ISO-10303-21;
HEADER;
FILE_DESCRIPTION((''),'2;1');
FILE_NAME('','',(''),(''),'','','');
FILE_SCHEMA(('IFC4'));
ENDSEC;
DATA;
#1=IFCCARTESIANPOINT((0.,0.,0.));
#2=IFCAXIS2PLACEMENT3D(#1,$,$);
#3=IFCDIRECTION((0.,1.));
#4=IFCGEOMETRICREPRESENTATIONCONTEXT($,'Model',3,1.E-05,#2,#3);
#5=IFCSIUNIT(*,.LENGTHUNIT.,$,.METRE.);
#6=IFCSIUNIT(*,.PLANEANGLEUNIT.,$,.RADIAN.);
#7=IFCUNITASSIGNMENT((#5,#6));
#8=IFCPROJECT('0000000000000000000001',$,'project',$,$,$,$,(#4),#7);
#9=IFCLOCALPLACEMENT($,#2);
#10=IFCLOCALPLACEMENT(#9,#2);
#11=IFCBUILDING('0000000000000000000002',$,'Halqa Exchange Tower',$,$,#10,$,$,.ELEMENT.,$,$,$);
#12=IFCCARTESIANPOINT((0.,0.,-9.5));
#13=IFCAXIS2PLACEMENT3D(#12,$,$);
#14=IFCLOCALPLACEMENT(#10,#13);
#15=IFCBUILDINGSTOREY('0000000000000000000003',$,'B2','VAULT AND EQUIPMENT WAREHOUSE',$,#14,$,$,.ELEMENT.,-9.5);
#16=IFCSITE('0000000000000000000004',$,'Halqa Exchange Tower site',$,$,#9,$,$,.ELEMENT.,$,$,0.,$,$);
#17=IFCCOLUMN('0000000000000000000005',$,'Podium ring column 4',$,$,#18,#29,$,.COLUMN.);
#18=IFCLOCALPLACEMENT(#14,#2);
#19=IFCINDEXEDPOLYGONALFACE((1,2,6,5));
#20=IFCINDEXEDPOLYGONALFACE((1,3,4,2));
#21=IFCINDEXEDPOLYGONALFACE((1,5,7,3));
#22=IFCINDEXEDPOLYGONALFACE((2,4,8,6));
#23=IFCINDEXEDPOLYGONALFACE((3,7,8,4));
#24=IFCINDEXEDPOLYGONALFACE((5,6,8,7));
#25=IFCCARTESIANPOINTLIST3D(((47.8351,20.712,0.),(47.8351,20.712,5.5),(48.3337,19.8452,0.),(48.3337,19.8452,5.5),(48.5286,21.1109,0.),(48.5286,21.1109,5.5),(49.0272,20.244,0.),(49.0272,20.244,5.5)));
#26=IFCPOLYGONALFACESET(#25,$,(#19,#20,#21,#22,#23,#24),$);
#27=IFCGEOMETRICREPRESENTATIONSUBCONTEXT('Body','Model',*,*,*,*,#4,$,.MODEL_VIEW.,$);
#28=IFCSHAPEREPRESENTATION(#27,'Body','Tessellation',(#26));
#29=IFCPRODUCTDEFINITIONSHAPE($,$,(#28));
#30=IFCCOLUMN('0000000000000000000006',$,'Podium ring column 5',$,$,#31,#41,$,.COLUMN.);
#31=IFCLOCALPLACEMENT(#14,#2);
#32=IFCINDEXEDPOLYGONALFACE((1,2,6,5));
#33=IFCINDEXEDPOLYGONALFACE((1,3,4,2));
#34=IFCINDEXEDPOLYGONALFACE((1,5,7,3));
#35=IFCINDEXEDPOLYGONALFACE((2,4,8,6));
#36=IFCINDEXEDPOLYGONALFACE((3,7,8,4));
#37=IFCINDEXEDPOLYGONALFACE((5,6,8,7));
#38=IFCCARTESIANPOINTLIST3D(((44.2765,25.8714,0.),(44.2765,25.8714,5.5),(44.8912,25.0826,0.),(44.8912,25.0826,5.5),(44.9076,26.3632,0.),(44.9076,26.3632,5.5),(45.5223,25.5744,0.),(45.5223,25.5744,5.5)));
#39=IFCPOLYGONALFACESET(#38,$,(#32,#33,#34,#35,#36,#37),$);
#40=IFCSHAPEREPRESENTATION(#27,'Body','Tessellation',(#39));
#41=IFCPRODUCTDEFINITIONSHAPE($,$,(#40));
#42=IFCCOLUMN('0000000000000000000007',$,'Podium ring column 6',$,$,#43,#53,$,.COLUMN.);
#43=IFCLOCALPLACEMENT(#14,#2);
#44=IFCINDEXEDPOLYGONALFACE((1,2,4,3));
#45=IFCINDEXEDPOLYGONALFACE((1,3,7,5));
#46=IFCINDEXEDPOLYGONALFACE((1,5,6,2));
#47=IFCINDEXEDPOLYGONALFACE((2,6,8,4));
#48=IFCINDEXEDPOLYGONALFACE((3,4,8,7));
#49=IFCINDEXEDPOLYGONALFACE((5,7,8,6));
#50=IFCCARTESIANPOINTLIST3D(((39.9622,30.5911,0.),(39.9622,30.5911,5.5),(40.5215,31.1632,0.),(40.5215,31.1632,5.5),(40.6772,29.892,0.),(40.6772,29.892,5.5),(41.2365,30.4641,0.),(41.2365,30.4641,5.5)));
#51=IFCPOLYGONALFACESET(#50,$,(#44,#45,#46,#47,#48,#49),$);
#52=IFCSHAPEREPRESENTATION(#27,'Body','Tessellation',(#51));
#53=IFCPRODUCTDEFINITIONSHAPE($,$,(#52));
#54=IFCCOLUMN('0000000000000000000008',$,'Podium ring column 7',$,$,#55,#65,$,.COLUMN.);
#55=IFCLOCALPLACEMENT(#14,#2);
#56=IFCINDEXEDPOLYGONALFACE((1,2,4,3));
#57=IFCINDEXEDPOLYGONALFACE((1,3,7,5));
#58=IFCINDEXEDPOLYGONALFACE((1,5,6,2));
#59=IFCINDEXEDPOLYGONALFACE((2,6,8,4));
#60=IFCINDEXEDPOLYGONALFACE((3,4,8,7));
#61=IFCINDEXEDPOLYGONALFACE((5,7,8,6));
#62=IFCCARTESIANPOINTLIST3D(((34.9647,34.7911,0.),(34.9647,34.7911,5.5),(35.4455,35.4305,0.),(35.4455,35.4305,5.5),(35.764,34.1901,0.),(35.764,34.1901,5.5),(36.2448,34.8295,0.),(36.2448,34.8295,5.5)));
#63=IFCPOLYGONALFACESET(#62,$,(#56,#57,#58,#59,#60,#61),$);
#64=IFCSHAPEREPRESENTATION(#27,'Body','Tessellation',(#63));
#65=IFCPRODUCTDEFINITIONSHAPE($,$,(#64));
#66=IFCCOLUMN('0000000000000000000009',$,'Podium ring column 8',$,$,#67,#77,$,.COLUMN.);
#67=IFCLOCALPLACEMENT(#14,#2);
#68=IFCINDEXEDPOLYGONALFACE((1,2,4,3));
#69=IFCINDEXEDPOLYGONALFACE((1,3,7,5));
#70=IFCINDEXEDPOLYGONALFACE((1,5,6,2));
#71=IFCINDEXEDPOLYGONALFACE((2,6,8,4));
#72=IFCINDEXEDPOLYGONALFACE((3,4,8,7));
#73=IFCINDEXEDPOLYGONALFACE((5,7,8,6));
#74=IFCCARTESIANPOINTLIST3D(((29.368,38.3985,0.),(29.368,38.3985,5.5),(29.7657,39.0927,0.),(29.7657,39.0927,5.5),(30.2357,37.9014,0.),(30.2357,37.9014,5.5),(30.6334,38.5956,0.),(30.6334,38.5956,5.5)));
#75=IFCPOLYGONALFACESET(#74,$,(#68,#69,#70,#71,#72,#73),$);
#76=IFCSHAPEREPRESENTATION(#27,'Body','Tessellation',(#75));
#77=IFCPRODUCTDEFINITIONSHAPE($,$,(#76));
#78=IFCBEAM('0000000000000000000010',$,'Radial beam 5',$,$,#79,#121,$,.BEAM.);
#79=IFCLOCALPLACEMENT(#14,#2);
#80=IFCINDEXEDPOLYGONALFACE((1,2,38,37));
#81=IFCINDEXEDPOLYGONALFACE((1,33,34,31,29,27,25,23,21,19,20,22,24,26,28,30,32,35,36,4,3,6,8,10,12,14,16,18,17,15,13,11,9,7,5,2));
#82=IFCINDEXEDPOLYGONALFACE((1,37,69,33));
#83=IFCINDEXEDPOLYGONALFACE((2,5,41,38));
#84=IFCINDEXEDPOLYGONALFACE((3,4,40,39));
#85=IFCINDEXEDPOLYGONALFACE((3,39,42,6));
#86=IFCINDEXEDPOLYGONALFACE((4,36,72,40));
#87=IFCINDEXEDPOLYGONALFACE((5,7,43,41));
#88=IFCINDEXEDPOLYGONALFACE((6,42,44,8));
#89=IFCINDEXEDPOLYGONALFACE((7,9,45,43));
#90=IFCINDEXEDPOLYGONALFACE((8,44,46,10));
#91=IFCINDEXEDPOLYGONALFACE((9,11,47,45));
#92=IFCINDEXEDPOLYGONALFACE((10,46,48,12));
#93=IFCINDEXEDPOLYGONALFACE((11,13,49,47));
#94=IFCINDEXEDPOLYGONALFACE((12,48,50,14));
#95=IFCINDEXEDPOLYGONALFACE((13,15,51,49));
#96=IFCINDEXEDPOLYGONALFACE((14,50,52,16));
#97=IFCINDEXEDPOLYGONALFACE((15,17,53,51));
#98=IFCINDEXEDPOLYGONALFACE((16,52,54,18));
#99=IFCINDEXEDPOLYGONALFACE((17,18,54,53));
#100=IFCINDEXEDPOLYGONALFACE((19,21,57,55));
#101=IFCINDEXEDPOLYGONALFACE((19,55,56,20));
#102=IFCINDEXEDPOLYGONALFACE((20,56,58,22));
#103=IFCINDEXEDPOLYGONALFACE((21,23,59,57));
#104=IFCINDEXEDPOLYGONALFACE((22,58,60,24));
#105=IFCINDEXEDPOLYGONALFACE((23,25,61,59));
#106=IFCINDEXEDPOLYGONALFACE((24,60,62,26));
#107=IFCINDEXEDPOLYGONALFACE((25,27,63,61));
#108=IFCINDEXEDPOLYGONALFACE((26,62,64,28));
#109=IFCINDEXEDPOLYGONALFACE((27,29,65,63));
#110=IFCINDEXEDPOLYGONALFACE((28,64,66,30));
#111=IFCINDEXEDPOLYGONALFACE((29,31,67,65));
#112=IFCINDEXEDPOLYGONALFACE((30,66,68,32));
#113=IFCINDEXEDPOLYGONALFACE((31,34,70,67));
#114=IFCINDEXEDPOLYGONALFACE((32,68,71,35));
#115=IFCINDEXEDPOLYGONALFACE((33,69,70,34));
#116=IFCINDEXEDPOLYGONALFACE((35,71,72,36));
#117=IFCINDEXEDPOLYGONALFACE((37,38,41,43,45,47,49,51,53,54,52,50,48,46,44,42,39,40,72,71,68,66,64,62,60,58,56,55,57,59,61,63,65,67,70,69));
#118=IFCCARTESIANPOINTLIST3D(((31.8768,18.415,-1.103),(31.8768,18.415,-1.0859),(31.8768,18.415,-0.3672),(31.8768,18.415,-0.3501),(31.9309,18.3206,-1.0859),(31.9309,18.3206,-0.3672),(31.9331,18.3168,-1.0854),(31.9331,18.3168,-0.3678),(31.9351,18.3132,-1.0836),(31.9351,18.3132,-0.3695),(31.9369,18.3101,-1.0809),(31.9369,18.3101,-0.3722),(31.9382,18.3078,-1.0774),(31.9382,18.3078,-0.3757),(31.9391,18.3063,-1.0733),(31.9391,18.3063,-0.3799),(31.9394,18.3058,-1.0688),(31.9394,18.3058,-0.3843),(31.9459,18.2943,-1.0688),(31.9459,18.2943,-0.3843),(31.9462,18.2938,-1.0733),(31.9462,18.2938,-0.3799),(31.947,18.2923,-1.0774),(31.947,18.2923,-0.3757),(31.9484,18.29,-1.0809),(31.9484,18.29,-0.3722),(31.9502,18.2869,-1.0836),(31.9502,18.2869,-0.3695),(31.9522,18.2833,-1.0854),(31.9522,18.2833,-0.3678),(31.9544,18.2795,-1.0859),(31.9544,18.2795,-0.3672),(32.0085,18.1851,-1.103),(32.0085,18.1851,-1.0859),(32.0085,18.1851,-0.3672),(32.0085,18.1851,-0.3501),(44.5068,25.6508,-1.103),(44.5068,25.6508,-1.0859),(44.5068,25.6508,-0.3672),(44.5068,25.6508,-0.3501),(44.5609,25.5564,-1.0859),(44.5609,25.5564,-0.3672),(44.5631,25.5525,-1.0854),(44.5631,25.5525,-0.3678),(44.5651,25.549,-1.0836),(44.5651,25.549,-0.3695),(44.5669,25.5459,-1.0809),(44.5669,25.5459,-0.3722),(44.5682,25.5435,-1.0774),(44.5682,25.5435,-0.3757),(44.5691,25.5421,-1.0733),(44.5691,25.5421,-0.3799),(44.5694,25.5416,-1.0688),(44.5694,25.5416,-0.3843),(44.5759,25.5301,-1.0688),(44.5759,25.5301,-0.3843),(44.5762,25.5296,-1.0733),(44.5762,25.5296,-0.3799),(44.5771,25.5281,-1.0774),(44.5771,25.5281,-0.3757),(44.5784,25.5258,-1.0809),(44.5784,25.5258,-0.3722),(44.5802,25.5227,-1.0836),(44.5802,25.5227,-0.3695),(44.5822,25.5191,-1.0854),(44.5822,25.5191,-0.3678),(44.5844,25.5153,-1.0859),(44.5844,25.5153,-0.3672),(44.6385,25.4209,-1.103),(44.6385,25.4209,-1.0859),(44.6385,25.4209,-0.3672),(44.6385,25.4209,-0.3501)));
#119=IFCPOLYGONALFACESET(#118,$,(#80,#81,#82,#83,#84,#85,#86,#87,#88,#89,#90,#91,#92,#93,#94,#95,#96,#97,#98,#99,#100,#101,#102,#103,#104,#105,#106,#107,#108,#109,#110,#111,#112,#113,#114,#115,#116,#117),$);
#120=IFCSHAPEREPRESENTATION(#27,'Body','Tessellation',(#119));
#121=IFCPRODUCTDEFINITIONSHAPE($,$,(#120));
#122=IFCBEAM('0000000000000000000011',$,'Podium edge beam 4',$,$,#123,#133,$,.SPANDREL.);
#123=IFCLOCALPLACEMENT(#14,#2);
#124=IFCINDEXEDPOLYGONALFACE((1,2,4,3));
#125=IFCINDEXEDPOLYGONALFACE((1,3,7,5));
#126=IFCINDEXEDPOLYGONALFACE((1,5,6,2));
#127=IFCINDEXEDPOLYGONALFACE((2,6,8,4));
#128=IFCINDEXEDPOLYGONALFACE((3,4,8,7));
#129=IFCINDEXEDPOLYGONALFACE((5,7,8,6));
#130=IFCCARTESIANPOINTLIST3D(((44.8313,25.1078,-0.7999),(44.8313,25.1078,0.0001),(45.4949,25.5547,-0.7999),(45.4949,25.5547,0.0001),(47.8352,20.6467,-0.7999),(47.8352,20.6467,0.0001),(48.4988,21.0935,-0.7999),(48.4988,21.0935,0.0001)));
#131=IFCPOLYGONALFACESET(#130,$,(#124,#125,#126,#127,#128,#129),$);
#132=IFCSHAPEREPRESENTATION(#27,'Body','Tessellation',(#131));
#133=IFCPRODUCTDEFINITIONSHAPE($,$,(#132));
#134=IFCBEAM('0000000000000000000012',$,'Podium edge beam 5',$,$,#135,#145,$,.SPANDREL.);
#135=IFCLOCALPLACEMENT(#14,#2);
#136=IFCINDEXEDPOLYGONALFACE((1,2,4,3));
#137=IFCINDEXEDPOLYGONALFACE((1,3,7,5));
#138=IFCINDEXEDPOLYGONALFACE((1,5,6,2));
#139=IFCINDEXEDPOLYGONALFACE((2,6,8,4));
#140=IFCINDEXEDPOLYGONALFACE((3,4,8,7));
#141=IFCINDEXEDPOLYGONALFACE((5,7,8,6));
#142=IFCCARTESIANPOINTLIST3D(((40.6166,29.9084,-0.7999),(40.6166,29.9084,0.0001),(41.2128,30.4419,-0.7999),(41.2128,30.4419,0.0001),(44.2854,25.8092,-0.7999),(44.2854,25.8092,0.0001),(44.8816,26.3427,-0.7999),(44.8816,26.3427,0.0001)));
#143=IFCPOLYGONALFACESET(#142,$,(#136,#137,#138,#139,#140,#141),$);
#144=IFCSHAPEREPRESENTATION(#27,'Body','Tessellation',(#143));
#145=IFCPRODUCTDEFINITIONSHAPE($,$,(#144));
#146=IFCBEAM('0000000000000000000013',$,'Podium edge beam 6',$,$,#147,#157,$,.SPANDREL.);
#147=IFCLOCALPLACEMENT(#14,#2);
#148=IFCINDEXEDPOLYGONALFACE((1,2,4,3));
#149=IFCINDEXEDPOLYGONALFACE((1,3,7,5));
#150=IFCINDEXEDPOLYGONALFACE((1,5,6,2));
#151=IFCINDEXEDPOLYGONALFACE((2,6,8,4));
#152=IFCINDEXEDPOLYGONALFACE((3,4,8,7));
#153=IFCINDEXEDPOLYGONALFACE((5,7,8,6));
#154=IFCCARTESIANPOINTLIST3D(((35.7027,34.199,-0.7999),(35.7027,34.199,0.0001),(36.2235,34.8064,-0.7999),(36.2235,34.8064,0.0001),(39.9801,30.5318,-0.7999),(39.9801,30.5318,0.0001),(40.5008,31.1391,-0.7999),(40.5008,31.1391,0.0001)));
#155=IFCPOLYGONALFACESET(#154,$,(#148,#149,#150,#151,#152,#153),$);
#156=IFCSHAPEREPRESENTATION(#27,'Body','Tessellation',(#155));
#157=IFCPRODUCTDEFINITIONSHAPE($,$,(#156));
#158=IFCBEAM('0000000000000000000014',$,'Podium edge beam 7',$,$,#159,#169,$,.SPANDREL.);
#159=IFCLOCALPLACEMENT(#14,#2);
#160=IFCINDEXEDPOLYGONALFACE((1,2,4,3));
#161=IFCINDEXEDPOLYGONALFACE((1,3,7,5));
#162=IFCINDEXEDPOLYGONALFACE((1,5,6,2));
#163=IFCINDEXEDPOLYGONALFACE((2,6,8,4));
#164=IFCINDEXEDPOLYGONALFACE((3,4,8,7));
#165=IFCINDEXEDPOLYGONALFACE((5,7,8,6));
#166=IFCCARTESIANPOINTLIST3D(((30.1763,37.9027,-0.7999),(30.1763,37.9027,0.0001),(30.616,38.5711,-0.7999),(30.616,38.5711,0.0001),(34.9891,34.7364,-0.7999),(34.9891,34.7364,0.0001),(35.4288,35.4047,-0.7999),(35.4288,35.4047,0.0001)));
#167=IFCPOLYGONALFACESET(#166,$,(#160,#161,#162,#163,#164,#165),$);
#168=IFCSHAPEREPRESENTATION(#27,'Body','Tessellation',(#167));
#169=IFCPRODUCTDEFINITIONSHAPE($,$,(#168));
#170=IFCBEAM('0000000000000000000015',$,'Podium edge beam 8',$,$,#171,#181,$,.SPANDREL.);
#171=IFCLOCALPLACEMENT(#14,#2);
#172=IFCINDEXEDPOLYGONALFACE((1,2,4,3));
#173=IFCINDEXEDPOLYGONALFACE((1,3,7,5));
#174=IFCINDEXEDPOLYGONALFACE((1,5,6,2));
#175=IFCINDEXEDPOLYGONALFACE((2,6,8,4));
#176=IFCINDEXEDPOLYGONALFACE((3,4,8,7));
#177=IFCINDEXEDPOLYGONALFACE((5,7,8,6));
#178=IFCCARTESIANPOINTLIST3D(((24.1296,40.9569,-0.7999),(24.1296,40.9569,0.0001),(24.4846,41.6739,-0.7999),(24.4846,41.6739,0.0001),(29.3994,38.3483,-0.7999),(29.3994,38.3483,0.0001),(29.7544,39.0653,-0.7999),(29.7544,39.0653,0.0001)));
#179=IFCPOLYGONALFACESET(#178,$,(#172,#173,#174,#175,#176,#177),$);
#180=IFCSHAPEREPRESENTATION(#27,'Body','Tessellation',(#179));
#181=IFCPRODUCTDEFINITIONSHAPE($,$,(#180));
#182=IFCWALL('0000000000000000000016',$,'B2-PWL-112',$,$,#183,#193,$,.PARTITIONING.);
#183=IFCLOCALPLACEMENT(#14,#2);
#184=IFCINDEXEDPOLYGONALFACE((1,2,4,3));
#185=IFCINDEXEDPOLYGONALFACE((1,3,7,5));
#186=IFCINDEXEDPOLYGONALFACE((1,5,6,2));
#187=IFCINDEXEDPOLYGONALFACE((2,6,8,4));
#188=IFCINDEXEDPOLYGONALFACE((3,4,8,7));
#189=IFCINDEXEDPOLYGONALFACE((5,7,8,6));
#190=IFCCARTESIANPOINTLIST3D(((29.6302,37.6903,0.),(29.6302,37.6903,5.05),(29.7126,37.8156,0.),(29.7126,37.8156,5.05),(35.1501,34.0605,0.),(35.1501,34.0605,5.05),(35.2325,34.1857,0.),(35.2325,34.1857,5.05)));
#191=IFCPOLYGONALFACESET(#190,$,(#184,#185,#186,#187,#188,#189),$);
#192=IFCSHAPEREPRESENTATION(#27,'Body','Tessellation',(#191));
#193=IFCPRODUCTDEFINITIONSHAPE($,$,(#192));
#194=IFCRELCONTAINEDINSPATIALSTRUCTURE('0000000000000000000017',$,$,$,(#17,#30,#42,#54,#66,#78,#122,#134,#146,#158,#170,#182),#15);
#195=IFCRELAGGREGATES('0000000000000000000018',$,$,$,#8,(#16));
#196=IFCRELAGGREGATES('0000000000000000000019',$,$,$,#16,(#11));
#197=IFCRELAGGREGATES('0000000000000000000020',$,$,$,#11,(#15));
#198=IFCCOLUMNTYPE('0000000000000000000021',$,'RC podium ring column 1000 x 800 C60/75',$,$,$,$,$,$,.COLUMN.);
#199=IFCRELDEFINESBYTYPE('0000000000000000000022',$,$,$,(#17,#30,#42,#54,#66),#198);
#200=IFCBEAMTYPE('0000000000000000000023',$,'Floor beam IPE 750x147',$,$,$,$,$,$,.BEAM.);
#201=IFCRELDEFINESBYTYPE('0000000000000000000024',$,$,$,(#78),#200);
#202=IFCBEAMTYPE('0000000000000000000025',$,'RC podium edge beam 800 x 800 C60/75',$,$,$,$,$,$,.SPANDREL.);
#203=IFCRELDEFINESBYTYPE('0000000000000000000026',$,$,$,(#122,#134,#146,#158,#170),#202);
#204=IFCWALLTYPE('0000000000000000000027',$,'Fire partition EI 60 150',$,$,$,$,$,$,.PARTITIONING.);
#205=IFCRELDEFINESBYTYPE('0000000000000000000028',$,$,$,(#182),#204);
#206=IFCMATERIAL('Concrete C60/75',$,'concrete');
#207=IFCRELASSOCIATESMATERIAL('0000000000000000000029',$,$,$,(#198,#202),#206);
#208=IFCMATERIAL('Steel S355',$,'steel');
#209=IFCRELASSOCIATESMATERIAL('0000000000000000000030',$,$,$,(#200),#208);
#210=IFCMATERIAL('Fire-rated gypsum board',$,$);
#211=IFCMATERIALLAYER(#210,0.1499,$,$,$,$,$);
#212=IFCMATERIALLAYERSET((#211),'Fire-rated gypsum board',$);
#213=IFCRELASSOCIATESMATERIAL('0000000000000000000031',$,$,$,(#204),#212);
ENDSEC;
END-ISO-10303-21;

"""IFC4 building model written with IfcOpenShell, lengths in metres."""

from ifc_helpers import new_model, si_unit, direction, frame, frame_2d, origin, origin_2d, place, context, subcontext, project, spatial, rectangle, i_section, extrude, material, layer, layer_set, material_profile, profile_set, type_object, element, save


model = new_model("IFC4")

# Units and contexts
model_context = context("Model", 3, precision=1e-05, world=origin(), true_north=direction((0.0, 1.0)))
body_context = subcontext(model_context, "Body", "Model", "MODEL_VIEW")
ifc_project = project(units=[si_unit("LENGTHUNIT", "METRE"), si_unit("PLANEANGLEUNIT", "RADIAN")], contexts=[model_context])

# Site, building, storey
site_placement = place(None, origin())
site = spatial("IfcSite", under=ifc_project, at=site_placement, Name="Halqa Exchange Tower site", CompositionType="ELEMENT", RefElevation=0.0)
building_placement = place(site_placement, origin())
building = spatial("IfcBuilding", under=site, at=building_placement, Name="Halqa Exchange Tower", CompositionType="ELEMENT")
storey_placement = place(building_placement, frame((0.0, 0.0, -9.5)))
storey = spatial("IfcBuildingStorey", under=building, at=storey_placement, Name="B2", Description="VAULT AND EQUIPMENT WAREHOUSE", CompositionType="ELEMENT", Elevation=-9.5)

# Columns
ifc_material_1 = material(Name="Concrete C60/75", Category="concrete")
ifc_material_profile_1 = material_profile(ifc_material_1, rectangle(XDim=1.0, YDim=0.8, at=origin_2d()), Name="1000 x 800")
ifc_profile_set_1 = profile_set([ifc_material_profile_1], Name="Concrete C60/75")
column_type = type_object("IfcColumnType", Name="RC podium ring column 1000 x 800 C60/75", PredefinedType="COLUMN", material=ifc_profile_set_1)
for number, where, z_axis, x_axis, name in (
    (1, (48.4312, 20.478, 0.0), (0.0, 0.0, 1.0), (-0.498569, 0.86685, 0.0), "Podium ring column 4"),
    (2, (44.8994, 25.7229, 0.0), (0.0, 0.0, 1.0), (-0.614691, 0.788768, 0.0), "Podium ring column 5"),
    (3, (40.5994, 30.5276, 0.0), (0.0, 0.0, 1.0), (-0.715039, 0.699085, 0.0), "Podium ring column 6"),
    (4, (35.6047, 34.8103, 0.0), (0.0, 0.0, 1.0), (-0.79926, 0.600985, 0.0), "Podium ring column 7"),
    (5, (30.0007, 38.4971, 0.0), (0.0, 0.0, 1.0), (-0.867693, 0.4971, 0.0), "Podium ring column 8"),
):
    element("IfcColumn", number, at=place(storey_placement, frame(where, z_axis=z_axis, x_axis=x_axis)), inside=storey, type_object=column_type, Name=name, PredefinedType="COLUMN", context=body_context, shape_type="SweptSolid", body=[
        extrude(rectangle(XDim=1.0, YDim=0.8, at=origin_2d()), origin(), (0.0, 0.0, 1.0), 5.5),
    ])

# Beams
ifc_material_2 = material(Name="Steel S355", Category="steel")
ifc_material_profile_2 = material_profile(ifc_material_2, i_section(OverallWidth=0.2649, OverallDepth=0.7529, WebThickness=0.0132, FlangeThickness=0.0171, FilletRadius=0.0171, at=origin_2d()), Name="IPE 750x147")
ifc_profile_set_2 = profile_set([ifc_material_profile_2], Name="Steel S355")
beam_type_1 = type_object("IfcBeamType", Name="Floor beam IPE 750x147", PredefinedType="BEAM", material=ifc_profile_set_2)
beam_1_placement = place(storey_placement, frame((31.9426, 18.3, -0.7266), z_axis=(0.867691, 0.497103, 0.0), x_axis=(-0.497103, 0.867691, 0.0)))
element("IfcBeam", 6, at=beam_1_placement, inside=storey, type_object=beam_type_1, Name="Radial beam 5", PredefinedType="BEAM", context=body_context, shape_type="SweptSolid", body=[
    extrude(i_section(OverallWidth=0.2649, OverallDepth=0.7529, WebThickness=0.0132, FlangeThickness=0.0171, FilletRadius=0.0171, at=origin_2d()), origin(), (0.0, 0.0, 1.0), 14.5559),
])
ifc_material_profile_3 = material_profile(ifc_material_1, rectangle(XDim=0.8, YDim=0.8, at=origin_2d()), Name="800 x 800")
ifc_profile_set_3 = profile_set([ifc_material_profile_3], Name="Concrete C60/75")
beam_type_2 = type_object("IfcBeamType", Name="RC podium edge beam 800 x 800 C60/75", PredefinedType="SPANDREL", material=ifc_profile_set_3)
beam_2_placement = place(storey_placement, frame((48.167, 20.8701, -0.3999), z_axis=(-0.558528, 0.829485, 0.0), x_axis=(-0.829485, -0.558528, 0.0)))
element("IfcBeam", 7, at=beam_2_placement, inside=storey, type_object=beam_type_2, Name="Podium edge beam 4", PredefinedType="SPANDREL", context=body_context, shape_type="SweptSolid", body=[
    extrude(rectangle(XDim=0.8, YDim=0.8, at=origin_2d()), origin(), (0.0, 0.0, 1.0), 5.3782),
])
beam_3_placement = place(storey_placement, frame((44.5835, 26.0759, -0.3999), z_axis=(-0.666903, 0.745145, 0.0), x_axis=(-0.745145, -0.666903, 0.0)))
element("IfcBeam", 8, at=beam_3_placement, inside=storey, type_object=beam_type_2, Name="Podium edge beam 5", PredefinedType="SPANDREL", context=body_context, shape_type="SweptSolid", body=[
    extrude(rectangle(XDim=0.8, YDim=0.8, at=origin_2d()), origin(), (0.0, 0.0, 1.0), 5.5012),
])
beam_4_placement = place(storey_placement, frame((40.2405, 30.8354, -0.3999), z_axis=(-0.759174, 0.650888, 0.0), x_axis=(-0.650888, -0.759174, 0.0)))
element("IfcBeam", 9, at=beam_4_placement, inside=storey, type_object=beam_type_2, Name="Podium edge beam 6", PredefinedType="SPANDREL", context=body_context, shape_type="SweptSolid", body=[
    extrude(rectangle(XDim=0.8, YDim=0.8, at=origin_2d()), origin(), (0.0, 0.0, 1.0), 5.6343),
])
beam_5_placement = place(storey_placement, frame((35.209, 35.0706, -0.3999), z_axis=(-0.835419, 0.549614, 0.0), x_axis=(-0.549614, -0.835419, 0.0)))
element("IfcBeam", 10, at=beam_5_placement, inside=storey, type_object=beam_type_2, Name="Podium edge beam 7", PredefinedType="SPANDREL", context=body_context, shape_type="SweptSolid", body=[
    extrude(rectangle(XDim=0.8, YDim=0.8, at=origin_2d()), origin(), (0.0, 0.0, 1.0), 5.761),
])
beam_6_placement = place(storey_placement, frame((29.5769, 38.7068, -0.3999), z_axis=(-0.896205, 0.443639, 0.0), x_axis=(-0.443639, -0.896205, 0.0)))
element("IfcBeam", 11, at=beam_6_placement, inside=storey, type_object=beam_type_2, Name="Podium edge beam 8", PredefinedType="SPANDREL", context=body_context, shape_type="SweptSolid", body=[
    extrude(rectangle(XDim=0.8, YDim=0.8, at=origin_2d()), origin(), (0.0, 0.0, 1.0), 5.8801),
])

# Wall
ifc_material_3 = material(Name="Fire-rated gypsum board")
ifc_layer_1 = layer(ifc_material_3, 0.1499)
ifc_layer_set_1 = layer_set([ifc_layer_1], Name="Fire-rated gypsum board")
wall_type_1 = type_object("IfcWallType", Name="Fire partition EI 60 150", PredefinedType="PARTITIONING", material=ifc_layer_set_1)
wall_1_placement = place(storey_placement, frame((29.6714, 37.7529, 0.0), z_axis=(0.0, 0.0, 1.0), x_axis=(0.835536, -0.549436, 0.0)))
element("IfcWall", 12, at=wall_1_placement, inside=storey, type_object=wall_type_1, Name="B2-PWL-112", PredefinedType="PARTITIONING", context=body_context, shape_type="SweptSolid", body=[
    extrude(rectangle(XDim=6.6064, YDim=0.1499, at=frame_2d((3.3032, 0.0))), origin(), (0.0, 0.0, 1.0), 5.05),
])

save(model, "model.ifc")
